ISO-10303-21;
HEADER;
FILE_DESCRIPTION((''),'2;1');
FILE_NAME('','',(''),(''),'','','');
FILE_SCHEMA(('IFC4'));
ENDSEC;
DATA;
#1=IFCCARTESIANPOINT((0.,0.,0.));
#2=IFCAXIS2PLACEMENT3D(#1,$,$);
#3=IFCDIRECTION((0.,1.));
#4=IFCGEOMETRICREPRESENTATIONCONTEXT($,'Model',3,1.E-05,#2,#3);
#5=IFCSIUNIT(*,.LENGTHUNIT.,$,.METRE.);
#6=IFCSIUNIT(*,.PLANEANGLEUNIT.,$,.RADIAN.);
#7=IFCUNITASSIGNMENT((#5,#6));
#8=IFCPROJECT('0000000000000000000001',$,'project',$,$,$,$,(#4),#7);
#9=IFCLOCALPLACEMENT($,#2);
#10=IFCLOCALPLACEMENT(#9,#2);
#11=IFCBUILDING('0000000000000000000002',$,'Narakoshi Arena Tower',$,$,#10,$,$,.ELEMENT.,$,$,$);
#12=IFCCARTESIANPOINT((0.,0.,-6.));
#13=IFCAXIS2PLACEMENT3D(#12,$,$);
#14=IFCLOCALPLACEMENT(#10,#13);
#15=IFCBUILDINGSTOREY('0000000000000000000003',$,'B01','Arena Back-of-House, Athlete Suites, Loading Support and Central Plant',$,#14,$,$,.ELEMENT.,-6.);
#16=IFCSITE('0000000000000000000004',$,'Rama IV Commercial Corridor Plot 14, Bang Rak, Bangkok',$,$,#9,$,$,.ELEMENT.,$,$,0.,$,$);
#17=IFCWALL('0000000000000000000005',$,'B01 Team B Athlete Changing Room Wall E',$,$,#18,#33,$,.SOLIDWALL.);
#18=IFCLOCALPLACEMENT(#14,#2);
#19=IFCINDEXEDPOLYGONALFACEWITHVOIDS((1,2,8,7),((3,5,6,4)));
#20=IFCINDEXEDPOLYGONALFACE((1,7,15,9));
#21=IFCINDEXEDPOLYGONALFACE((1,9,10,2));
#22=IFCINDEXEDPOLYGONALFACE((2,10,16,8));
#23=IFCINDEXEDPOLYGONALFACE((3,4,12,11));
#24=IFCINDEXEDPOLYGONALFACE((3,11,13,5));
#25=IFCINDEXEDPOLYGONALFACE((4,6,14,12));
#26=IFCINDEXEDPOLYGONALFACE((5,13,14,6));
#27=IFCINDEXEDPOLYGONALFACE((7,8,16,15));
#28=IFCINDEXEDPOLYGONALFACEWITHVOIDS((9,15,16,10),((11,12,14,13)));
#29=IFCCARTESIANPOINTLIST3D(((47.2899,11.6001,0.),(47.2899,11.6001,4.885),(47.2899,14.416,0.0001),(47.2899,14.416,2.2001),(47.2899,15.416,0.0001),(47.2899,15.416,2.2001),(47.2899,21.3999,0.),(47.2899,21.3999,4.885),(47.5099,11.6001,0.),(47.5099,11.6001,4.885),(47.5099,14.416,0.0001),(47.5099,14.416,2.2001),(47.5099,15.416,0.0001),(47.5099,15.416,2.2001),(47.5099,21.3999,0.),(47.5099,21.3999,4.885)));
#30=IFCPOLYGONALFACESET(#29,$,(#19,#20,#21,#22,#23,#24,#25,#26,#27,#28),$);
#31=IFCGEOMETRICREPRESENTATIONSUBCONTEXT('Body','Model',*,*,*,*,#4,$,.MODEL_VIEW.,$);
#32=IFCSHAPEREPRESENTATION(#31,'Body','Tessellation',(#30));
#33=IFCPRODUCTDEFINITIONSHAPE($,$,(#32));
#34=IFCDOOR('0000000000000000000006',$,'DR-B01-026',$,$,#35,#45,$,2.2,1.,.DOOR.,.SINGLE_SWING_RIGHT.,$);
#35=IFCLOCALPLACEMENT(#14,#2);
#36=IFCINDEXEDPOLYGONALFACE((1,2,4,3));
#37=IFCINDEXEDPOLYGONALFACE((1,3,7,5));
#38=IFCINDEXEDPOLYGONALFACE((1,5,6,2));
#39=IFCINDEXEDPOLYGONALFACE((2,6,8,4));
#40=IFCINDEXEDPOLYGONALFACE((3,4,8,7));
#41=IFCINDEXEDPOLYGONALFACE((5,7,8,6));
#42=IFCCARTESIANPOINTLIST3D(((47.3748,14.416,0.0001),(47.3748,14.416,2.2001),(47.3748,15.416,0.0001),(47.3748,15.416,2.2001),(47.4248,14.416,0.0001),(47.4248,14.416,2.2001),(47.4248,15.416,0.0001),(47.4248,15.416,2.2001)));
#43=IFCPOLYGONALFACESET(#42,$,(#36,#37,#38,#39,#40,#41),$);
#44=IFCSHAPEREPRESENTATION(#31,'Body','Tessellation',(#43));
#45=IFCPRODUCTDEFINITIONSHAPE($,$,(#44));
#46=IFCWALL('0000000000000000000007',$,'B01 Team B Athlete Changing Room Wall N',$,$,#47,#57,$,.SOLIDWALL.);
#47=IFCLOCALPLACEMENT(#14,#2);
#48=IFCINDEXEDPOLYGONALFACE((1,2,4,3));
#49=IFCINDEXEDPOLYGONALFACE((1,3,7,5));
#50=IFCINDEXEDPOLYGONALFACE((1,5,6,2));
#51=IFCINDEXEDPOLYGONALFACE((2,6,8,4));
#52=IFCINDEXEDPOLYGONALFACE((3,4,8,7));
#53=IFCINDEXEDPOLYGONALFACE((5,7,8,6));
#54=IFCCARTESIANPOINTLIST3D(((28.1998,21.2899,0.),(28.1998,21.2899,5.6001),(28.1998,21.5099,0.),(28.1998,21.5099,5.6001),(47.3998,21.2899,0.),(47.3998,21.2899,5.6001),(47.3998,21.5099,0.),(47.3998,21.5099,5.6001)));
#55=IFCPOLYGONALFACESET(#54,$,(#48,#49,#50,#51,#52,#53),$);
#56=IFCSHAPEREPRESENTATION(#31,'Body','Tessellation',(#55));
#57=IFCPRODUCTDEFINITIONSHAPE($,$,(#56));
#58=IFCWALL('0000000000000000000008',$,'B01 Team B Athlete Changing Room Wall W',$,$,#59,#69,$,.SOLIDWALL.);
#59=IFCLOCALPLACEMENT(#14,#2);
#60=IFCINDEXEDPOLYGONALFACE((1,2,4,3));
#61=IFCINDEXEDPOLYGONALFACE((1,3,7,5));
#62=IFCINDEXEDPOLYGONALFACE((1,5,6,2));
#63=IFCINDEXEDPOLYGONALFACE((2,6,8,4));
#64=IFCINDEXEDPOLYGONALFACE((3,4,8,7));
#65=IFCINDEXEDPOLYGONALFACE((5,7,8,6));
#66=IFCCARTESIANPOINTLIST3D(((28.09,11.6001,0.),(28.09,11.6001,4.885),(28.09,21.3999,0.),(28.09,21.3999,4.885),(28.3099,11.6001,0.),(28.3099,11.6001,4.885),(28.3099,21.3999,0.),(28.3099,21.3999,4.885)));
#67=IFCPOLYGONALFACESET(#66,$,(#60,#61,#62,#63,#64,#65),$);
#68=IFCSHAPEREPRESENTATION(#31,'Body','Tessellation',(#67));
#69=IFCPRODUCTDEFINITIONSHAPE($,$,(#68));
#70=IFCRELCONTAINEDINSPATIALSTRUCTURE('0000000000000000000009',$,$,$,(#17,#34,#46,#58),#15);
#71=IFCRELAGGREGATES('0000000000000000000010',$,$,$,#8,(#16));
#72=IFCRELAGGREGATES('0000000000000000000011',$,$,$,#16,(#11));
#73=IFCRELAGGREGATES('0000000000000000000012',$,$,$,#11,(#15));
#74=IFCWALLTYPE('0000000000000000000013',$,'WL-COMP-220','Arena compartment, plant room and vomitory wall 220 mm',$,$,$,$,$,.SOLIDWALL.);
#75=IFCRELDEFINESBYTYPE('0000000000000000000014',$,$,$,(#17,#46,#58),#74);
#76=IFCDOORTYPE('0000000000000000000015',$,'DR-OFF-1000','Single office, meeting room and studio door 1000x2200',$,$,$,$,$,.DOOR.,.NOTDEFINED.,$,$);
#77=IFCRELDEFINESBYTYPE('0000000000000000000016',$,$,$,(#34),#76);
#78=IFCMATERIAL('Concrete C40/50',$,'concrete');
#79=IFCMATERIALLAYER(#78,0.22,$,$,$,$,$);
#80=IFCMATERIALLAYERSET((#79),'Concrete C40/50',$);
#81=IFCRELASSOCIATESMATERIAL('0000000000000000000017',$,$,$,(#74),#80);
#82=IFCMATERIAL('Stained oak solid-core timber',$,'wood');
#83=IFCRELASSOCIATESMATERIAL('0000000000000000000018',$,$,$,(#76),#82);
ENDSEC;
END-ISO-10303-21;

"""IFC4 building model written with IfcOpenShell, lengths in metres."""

from ifc_helpers import new_model, si_unit, direction, frame, frame_2d, origin, place, context, subcontext, project, spatial, rectangle, extrude, material, layer, layer_set, type_object, element, fill, save


model = new_model("IFC4")

# Units and contexts
model_context = context("Model", 3, precision=1e-05, world=origin(), true_north=direction((0.0, 1.0)))
body_context = subcontext(model_context, "Body", "Model", "MODEL_VIEW")
ifc_project = project(units=[si_unit("LENGTHUNIT", "METRE"), si_unit("PLANEANGLEUNIT", "RADIAN")], contexts=[model_context])

# Site, building, storey
site_placement = place(None, origin())
site = spatial("IfcSite", under=ifc_project, at=site_placement, Name="Rama IV Commercial Corridor Plot 14, Bang Rak, Bangkok", CompositionType="ELEMENT", RefElevation=0.0)
building_placement = place(site_placement, origin())
building = spatial("IfcBuilding", under=site, at=building_placement, Name="Narakoshi Arena Tower", CompositionType="ELEMENT")
storey_placement = place(building_placement, frame((0.0, 0.0, -6.0)))
storey = spatial("IfcBuildingStorey", under=building, at=storey_placement, Name="B01", Description="Arena Back-of-House, Athlete Suites, Loading Support and Central Plant", CompositionType="ELEMENT", Elevation=-6.0)

# Shared definitions
ifc_material_1 = material(Name="Concrete C40/50", Category="concrete")
ifc_layer = layer(ifc_material_1, 0.22)
ifc_layer_set = layer_set([ifc_layer], Name="Concrete C40/50")
wall_type = type_object("IfcWallType", Name="WL-COMP-220", Description="Arena compartment, plant room and vomitory wall 220 mm", PredefinedType="SOLIDWALL", material=ifc_layer_set)

# Wall, opening, door
wall_1_placement = place(storey_placement, frame((47.3999, 11.6001, 0.0), z_axis=(0.0, 0.0, 1.0), x_axis=(0.0, 1.0, 0.0)))
wall_1 = element("IfcWall", 1, at=wall_1_placement, inside=storey, type_object=wall_type, Name="B01 Team B Athlete Changing Room Wall E", PredefinedType="SOLIDWALL", context=body_context, shape_type="SweptSolid", body=[
    extrude(rectangle(XDim=9.7998, YDim=0.22, at=frame_2d((4.8999, 0.0))), origin(), (0.0, 0.0, 1.0), 4.885),
])
opening_1_placement = place(wall_1_placement, frame((2.8159, 0.0, 0.0)))
opening_1 = element("IfcOpeningElement", 2, at=opening_1_placement, cuts=wall_1, PredefinedType="OPENING", context=body_context, shape_type="SweptSolid", body=[
    extrude(rectangle(XDim=1.0, YDim=2.2, at=frame_2d((0.5, 1.1001))), frame((0.0, 0.1199, 0.0), z_axis=(0.0, -1.0, 0.0), x_axis=(1.0, 0.0, 0.0)), (0.0, 0.0, 1.0), 0.24),
])
ifc_material_2 = material(Name="Stained oak solid-core timber", Category="wood")
door_type_1 = type_object("IfcDoorType", Name="DR-OFF-1000", Description="Single office, meeting room and studio door 1000x2200", OperationType="NOTDEFINED", PredefinedType="DOOR", material=ifc_material_2)
door_1_placement = place(opening_1_placement, frame((1.0, 0.0, 0.0), z_axis=(0.0, 0.0, 1.0), x_axis=(-1.0, 0.0, 0.0)))
door_1 = element("IfcDoor", 3, at=door_1_placement, inside=storey, type_object=door_type_1, Name="DR-B01-026", OperationType="SINGLE_SWING_RIGHT", OverallHeight=2.2, OverallWidth=1.0, PredefinedType="DOOR", context=body_context, shape_type="SweptSolid", body=[
    extrude(rectangle(XDim=1.0, YDim=2.2, at=frame_2d((0.5, 1.1001))), frame((0.0, 0.0249, 0.0), z_axis=(0.0, -1.0, 0.0), x_axis=(1.0, 0.0, 0.0)), (0.0, 0.0, 1.0), 0.05),
])
fill(opening_1, door_1)

# Walls
wall_2_placement = place(storey_placement, frame((47.3999, 21.3999, 0.0), z_axis=(0.0, 0.0, 1.0), x_axis=(-1.0, 0.0, 0.0)))
element("IfcWall", 4, at=wall_2_placement, inside=storey, type_object=wall_type, Name="B01 Team B Athlete Changing Room Wall N", PredefinedType="SOLIDWALL", context=body_context, shape_type="SweptSolid", body=[
    extrude(rectangle(XDim=19.2, YDim=0.22, at=frame_2d((9.6001, 0.0))), origin(), (0.0, 0.0, 1.0), 5.6001),
])
wall_3_placement = place(storey_placement, frame((28.2, 21.3999, 0.0), z_axis=(0.0, 0.0, 1.0), x_axis=(0.0, -1.0, 0.0)))
element("IfcWall", 5, at=wall_3_placement, inside=storey, type_object=wall_type, Name="B01 Team B Athlete Changing Room Wall W", PredefinedType="SOLIDWALL", context=body_context, shape_type="SweptSolid", body=[
    extrude(rectangle(XDim=9.7998, YDim=0.22, at=frame_2d((4.8999, 0.0))), origin(), (0.0, 0.0, 1.0), 4.885),
])

save(model, "model.ifc")
